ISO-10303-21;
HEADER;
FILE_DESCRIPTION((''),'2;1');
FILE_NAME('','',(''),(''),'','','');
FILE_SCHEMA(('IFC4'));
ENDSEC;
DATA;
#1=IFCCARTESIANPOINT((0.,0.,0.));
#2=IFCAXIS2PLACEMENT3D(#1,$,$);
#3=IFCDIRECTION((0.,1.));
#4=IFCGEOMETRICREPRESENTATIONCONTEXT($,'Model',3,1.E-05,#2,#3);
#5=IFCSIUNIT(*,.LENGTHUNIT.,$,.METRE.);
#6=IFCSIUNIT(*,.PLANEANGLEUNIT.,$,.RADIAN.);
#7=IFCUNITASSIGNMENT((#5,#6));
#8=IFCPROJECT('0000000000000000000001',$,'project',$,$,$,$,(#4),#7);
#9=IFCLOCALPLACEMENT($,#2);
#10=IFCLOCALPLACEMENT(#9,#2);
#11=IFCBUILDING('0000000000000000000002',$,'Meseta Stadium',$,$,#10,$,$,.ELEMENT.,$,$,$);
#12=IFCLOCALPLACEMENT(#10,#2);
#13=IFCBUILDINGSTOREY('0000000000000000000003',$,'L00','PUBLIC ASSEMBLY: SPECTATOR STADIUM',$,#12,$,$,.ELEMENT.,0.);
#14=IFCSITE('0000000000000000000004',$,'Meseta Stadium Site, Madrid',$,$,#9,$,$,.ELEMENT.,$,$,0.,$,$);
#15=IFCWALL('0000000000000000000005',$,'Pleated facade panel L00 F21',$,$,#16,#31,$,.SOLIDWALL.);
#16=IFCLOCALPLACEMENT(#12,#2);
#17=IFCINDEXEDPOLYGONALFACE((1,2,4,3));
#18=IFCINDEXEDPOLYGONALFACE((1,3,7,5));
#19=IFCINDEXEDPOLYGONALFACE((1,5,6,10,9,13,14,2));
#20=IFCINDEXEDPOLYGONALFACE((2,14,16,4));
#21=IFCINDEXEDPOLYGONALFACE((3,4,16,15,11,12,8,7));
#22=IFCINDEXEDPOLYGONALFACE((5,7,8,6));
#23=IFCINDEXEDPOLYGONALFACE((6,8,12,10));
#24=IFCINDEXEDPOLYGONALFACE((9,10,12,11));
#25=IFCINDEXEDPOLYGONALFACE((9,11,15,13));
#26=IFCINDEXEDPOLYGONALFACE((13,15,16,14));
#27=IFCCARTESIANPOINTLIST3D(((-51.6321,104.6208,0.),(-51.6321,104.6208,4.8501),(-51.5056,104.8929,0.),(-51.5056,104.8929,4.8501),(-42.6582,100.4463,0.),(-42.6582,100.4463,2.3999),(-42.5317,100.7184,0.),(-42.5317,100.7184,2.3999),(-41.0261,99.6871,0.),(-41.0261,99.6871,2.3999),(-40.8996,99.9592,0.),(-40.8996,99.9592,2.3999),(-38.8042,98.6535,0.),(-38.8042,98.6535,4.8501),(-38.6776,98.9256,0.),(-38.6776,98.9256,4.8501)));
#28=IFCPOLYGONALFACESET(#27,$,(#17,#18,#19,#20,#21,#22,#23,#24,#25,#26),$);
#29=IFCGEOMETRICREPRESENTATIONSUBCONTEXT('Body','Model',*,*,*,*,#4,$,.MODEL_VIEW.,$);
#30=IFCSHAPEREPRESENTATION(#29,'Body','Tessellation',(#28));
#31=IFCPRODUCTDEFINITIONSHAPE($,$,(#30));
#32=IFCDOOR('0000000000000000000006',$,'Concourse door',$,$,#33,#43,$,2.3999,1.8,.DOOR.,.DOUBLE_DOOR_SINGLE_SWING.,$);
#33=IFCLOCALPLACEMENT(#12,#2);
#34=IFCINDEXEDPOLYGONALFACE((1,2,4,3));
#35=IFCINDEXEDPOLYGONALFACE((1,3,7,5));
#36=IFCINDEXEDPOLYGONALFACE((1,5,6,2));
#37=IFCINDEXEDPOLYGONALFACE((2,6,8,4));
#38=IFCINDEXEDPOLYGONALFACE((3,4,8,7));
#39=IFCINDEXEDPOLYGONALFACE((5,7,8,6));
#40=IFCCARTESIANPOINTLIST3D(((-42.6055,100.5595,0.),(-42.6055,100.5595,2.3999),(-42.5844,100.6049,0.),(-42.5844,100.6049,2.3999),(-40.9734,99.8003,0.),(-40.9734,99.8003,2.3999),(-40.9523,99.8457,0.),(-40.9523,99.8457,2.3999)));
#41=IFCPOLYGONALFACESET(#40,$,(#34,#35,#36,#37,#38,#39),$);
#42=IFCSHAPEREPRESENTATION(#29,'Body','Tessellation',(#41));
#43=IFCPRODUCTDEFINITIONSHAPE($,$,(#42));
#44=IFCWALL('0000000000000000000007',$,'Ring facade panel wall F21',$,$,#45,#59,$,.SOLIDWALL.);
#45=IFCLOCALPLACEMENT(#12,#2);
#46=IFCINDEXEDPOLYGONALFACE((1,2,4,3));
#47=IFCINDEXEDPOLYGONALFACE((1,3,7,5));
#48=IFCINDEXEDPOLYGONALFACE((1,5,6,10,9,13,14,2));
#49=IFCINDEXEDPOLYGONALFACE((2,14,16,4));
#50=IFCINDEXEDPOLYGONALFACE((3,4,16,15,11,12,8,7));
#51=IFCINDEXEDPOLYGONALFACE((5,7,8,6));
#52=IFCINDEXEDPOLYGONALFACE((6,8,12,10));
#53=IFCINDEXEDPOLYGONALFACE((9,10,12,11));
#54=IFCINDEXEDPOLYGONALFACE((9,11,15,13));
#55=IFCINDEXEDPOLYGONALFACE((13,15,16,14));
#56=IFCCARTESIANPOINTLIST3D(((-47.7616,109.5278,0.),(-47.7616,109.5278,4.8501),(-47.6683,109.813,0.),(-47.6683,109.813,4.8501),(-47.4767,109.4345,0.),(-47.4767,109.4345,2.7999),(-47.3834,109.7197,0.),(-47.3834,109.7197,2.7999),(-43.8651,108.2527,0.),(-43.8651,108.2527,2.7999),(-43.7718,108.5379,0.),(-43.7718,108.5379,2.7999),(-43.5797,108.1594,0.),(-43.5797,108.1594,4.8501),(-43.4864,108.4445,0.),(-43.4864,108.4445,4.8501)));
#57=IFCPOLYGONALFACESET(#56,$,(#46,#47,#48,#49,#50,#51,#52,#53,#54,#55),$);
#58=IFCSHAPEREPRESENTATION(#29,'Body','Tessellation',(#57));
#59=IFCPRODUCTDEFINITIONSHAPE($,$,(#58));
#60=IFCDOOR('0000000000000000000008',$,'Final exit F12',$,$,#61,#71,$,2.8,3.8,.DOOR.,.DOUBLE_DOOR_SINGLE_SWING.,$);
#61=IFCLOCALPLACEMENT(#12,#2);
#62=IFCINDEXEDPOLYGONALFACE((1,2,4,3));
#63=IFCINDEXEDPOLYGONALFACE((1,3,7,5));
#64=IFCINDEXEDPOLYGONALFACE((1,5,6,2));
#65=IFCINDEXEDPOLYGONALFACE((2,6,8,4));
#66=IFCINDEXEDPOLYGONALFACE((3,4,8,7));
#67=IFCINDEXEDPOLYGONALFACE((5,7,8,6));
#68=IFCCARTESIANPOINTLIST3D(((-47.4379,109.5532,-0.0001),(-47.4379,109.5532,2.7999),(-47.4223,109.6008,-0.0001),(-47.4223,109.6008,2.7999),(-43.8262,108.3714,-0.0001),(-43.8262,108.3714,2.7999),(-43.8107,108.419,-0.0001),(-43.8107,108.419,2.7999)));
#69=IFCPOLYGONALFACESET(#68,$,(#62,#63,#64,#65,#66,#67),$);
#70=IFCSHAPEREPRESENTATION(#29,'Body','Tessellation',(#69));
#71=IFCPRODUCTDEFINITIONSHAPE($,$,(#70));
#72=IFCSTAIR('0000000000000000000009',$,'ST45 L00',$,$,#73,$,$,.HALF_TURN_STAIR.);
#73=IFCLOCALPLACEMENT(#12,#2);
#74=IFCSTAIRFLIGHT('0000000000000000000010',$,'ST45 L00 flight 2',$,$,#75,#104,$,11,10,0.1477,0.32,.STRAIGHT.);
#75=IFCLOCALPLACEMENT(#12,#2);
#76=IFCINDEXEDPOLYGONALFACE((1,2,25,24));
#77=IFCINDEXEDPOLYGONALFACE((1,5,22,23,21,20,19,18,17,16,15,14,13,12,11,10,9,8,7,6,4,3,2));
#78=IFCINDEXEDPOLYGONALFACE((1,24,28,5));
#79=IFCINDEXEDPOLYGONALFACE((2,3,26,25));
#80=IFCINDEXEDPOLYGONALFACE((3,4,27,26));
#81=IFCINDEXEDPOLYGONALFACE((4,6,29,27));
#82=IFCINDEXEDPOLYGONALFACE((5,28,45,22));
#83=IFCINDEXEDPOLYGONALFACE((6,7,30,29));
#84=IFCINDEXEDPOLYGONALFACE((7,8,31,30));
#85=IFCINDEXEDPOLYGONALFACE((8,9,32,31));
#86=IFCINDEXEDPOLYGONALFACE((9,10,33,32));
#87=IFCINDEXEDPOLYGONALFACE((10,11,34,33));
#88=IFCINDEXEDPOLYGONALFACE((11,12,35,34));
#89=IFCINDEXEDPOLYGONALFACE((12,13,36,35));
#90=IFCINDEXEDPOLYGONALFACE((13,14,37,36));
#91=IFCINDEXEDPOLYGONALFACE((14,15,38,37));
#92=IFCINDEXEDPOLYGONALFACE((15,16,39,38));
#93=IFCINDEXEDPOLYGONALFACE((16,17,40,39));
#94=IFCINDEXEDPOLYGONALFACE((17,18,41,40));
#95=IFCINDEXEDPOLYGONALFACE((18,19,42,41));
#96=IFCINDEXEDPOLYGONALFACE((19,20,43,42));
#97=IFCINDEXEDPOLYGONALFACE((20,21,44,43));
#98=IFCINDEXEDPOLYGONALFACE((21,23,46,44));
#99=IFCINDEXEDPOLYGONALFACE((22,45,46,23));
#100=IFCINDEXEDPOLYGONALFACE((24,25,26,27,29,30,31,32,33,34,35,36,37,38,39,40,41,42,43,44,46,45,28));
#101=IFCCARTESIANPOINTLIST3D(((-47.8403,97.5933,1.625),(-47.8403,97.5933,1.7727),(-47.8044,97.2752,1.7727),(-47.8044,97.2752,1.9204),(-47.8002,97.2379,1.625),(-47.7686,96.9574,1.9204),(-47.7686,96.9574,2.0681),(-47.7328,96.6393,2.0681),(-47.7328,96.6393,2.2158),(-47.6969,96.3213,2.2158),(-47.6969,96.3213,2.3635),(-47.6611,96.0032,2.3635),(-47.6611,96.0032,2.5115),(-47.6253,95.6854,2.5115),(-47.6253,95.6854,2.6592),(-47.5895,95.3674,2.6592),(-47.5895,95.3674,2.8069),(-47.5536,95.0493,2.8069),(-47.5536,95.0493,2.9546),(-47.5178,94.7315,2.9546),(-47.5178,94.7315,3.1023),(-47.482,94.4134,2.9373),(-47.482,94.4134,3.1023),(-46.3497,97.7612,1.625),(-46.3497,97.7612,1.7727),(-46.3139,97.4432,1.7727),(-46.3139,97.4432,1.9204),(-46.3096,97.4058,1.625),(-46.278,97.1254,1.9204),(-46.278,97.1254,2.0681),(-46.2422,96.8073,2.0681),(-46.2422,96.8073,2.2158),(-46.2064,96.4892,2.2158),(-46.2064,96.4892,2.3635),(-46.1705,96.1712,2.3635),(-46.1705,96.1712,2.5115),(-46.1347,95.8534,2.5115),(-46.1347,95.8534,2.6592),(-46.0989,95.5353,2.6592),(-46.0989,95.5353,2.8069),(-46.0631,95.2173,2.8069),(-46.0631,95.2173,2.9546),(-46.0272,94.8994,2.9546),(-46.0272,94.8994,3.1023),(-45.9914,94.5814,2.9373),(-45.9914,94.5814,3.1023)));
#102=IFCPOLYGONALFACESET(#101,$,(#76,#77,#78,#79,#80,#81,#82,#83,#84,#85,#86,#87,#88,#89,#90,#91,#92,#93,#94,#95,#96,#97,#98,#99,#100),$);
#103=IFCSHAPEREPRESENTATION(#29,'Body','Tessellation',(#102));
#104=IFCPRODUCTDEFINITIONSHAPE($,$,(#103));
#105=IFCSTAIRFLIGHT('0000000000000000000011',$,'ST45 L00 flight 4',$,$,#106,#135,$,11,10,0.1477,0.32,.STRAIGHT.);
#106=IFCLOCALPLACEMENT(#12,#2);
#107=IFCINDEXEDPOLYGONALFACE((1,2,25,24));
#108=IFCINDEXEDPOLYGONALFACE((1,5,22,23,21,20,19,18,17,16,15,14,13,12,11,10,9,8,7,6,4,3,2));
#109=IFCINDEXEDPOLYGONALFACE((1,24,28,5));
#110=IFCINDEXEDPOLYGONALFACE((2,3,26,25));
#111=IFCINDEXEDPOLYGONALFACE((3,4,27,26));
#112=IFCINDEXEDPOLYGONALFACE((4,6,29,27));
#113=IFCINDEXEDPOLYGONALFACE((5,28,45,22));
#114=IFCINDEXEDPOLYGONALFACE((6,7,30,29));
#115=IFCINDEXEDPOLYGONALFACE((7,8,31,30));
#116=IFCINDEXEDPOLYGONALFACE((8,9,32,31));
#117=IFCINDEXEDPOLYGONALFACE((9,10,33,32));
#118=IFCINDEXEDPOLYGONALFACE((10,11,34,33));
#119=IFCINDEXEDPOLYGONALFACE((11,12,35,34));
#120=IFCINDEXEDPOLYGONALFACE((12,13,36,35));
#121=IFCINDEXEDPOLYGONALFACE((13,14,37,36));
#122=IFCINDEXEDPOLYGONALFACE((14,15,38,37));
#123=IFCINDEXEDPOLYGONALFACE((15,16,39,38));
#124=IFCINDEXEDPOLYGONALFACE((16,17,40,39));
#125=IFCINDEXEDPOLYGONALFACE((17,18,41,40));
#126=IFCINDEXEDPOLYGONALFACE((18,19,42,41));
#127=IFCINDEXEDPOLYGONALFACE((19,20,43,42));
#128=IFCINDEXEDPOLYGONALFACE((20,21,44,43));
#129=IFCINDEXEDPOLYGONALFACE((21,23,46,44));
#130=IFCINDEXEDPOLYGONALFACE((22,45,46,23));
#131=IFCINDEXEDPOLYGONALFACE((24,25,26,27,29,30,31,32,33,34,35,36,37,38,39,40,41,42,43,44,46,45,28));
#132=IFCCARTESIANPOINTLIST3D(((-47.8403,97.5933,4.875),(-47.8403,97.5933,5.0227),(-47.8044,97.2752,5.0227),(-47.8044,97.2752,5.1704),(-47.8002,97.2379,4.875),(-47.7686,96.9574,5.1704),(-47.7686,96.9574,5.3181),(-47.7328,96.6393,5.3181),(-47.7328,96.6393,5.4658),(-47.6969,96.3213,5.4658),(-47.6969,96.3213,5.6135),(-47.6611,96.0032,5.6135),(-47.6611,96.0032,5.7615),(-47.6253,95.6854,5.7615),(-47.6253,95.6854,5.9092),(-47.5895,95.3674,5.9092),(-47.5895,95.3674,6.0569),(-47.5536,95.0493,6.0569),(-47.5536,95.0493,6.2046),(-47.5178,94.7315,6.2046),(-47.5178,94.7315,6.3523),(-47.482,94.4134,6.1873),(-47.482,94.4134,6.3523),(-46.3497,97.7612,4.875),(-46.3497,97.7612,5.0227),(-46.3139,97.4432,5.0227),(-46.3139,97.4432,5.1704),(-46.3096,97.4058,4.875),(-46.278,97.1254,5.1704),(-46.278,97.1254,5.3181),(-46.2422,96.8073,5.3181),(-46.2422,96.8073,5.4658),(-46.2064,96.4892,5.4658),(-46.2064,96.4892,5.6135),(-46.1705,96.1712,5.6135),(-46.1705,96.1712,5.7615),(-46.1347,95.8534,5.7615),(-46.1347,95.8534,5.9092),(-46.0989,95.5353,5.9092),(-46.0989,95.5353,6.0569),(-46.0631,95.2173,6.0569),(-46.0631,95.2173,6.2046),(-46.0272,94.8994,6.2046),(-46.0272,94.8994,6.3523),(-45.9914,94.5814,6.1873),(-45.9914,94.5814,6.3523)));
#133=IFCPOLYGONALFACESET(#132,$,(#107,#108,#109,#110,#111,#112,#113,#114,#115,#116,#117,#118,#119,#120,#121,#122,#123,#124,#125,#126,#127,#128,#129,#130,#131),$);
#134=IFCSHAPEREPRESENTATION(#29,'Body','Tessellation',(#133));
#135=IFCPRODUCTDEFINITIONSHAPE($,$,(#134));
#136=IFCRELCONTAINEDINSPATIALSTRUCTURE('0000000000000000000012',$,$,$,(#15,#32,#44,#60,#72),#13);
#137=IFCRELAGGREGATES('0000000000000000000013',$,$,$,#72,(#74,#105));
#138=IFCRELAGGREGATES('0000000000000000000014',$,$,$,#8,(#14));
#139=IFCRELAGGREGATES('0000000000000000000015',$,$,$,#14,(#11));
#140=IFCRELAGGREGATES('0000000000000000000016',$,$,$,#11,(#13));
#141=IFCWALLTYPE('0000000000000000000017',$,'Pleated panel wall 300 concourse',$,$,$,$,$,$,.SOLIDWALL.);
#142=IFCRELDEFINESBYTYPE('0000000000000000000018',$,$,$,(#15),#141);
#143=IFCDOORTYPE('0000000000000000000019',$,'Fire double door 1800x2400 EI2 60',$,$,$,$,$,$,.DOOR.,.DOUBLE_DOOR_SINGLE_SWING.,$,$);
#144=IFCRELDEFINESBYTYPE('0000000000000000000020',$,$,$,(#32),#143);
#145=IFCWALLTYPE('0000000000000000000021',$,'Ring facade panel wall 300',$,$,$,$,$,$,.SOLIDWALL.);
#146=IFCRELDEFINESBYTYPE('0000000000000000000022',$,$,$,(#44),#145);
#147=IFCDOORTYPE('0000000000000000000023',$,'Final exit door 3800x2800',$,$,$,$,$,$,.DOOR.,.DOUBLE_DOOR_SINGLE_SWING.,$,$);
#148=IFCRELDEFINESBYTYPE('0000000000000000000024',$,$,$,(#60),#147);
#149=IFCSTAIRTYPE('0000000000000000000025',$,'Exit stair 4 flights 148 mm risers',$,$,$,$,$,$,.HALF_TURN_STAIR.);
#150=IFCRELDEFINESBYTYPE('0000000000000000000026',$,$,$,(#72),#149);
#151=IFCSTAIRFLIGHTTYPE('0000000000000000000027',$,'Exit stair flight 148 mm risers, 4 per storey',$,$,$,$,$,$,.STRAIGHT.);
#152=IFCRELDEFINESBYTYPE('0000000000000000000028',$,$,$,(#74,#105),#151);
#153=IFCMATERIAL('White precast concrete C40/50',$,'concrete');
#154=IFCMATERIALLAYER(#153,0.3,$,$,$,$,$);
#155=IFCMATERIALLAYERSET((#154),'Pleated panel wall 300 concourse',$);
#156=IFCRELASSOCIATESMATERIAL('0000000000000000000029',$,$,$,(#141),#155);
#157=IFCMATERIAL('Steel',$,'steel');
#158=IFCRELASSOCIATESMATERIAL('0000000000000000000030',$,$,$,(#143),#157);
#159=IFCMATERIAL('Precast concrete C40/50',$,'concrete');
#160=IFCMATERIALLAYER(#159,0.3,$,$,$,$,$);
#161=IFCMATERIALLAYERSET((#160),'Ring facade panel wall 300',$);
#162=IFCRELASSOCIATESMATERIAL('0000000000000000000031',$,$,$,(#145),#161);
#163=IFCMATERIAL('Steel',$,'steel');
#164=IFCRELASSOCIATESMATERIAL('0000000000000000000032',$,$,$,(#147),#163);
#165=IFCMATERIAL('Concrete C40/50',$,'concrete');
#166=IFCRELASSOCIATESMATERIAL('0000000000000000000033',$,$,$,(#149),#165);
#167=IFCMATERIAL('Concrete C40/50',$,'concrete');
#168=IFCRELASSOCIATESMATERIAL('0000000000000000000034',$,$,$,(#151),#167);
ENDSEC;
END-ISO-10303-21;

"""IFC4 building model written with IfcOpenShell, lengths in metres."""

from ifc_helpers import new_model, si_unit, direction, frame, frame_2d, origin, place, context, subcontext, project, spatial, polyline, rectangle, outline, extrude, material, layer, layer_set, type_object, element, fill, aggregate, save


model = new_model("IFC4")

# Units and contexts
model_context = context("Model", 3, precision=1e-05, world=origin(), true_north=direction((0.0, 1.0)))
body_context = subcontext(model_context, "Body", "Model", "MODEL_VIEW")
ifc_project = project(units=[si_unit("LENGTHUNIT", "METRE"), si_unit("PLANEANGLEUNIT", "RADIAN")], contexts=[model_context])

# Site, building, storey
site_placement = place(None, origin())
site = spatial("IfcSite", under=ifc_project, at=site_placement, Name="Meseta Stadium Site, Madrid", CompositionType="ELEMENT", RefElevation=0.0)
building_placement = place(site_placement, origin())
building = spatial("IfcBuilding", under=site, at=building_placement, Name="Meseta Stadium", CompositionType="ELEMENT")
storey_placement = place(building_placement, origin())
storey = spatial("IfcBuildingStorey", under=building, at=storey_placement, Name="L00", Description="PUBLIC ASSEMBLY: SPECTATOR STADIUM", CompositionType="ELEMENT", Elevation=0.0)

# Walls, openings, doors
ifc_material_1 = material(Name="White precast concrete C40/50", Category="concrete")
ifc_layer_1 = layer(ifc_material_1, 0.3)
ifc_layer_set_1 = layer_set([ifc_layer_1], Name="Pleated panel wall 300 concourse")
wall_type_1 = type_object("IfcWallType", Name="Pleated panel wall 300 concourse", PredefinedType="SOLIDWALL", material=ifc_layer_set_1)
wall_1_placement = place(storey_placement, frame((-51.5688, 104.7568, 0.0), z_axis=(0.0, 0.0, 1.0), x_axis=(0.906699, -0.421779, 0.0)))
wall_1 = element("IfcWall", 1, at=wall_1_placement, inside=storey, type_object=wall_type_1, Name="Pleated facade panel L00 F21", PredefinedType="SOLIDWALL", context=body_context, shape_type="SweptSolid", body=[
    extrude(rectangle(XDim=14.1479, YDim=0.3, at=frame_2d((7.074, 0.0))), origin(), (0.0, 0.0, 1.0), 4.8501),
])
opening_1_placement = place(wall_1_placement, frame((9.8975, 0.0, 0.0)))
opening_1 = element("IfcOpeningElement", 2, at=opening_1_placement, cuts=wall_1, PredefinedType="OPENING", context=body_context, shape_type="SweptSolid", body=[
    extrude(rectangle(XDim=1.8, YDim=2.3999, at=frame_2d((0.8999, 1.2))), frame((0.0, 0.1599, 0.0), z_axis=(0.0, -1.0, 0.0), x_axis=(1.0, 0.0, 0.0)), (0.0, 0.0, 1.0), 0.3201),
])
ifc_material_2 = material(Name="Steel", Category="steel")
door_type_1 = type_object("IfcDoorType", Name="Fire double door 1800x2400 EI2 60", OperationType="DOUBLE_DOOR_SINGLE_SWING", PredefinedType="DOOR", material=ifc_material_2)
door_1_placement = place(opening_1_placement, origin())
door_1 = element("IfcDoor", 3, at=door_1_placement, inside=storey, type_object=door_type_1, Name="Concourse door", OperationType="DOUBLE_DOOR_SINGLE_SWING", OverallHeight=2.3999, OverallWidth=1.8, PredefinedType="DOOR", context=body_context, shape_type="SweptSolid", body=[
    extrude(rectangle(XDim=1.8, YDim=2.3999, at=frame_2d((0.8999, 1.2))), frame((0.0, 0.0249, 0.0), z_axis=(0.0, -1.0, 0.0), x_axis=(1.0, 0.0, 0.0)), (0.0, 0.0, 1.0), 0.05),
])
fill(opening_1, door_1)
ifc_material_3 = material(Name="Precast concrete C40/50", Category="concrete")
ifc_layer_2 = layer(ifc_material_3, 0.3)
ifc_layer_set_2 = layer_set([ifc_layer_2], Name="Ring facade panel wall 300")
wall_type_2 = type_object("IfcWallType", Name="Ring facade panel wall 300", PredefinedType="SOLIDWALL", material=ifc_layer_set_2)
wall_2_placement = place(storey_placement, frame((-47.7151, 109.6704, 0.0), z_axis=(0.0, 0.0, 1.0), x_axis=(0.950411, -0.310996, 0.0)))
wall_2 = element("IfcWall", 4, at=wall_2_placement, inside=storey, type_object=wall_type_2, Name="Ring facade panel wall F21", PredefinedType="SOLIDWALL", context=body_context, shape_type="SweptSolid", body=[
    extrude(rectangle(XDim=4.4001, YDim=0.3, at=frame_2d((2.2002, 0.0))), origin(), (0.0, 0.0, 1.0), 4.8501),
])
opening_2_placement = place(wall_2_placement, frame((0.3, 0.0, 0.0)))
opening_2 = element("IfcOpeningElement", 5, at=opening_2_placement, cuts=wall_2, PredefinedType="OPENING", context=body_context, shape_type="SweptSolid", body=[
    extrude(rectangle(XDim=3.8, YDim=2.8, at=frame_2d((1.8999, 1.3999))), frame((0.0, 0.1599, 0.0), z_axis=(0.0, -1.0, 0.0), x_axis=(1.0, 0.0, 0.0)), (0.0, 0.0, 1.0), 0.3201),
])
ifc_material_4 = material(Name="Steel", Category="steel")
door_type_2 = type_object("IfcDoorType", Name="Final exit door 3800x2800", OperationType="DOUBLE_DOOR_SINGLE_SWING", PredefinedType="DOOR", material=ifc_material_4)
door_2_placement = place(opening_2_placement, origin())
door_2 = element("IfcDoor", 6, at=door_2_placement, inside=storey, type_object=door_type_2, Name="Final exit F12", OperationType="DOUBLE_DOOR_SINGLE_SWING", OverallHeight=2.8, OverallWidth=3.8, PredefinedType="DOOR", context=body_context, shape_type="SweptSolid", body=[
    extrude(rectangle(XDim=3.8, YDim=2.8, at=frame_2d((1.8999, 1.3999))), frame((0.0, 0.0249, 0.0), z_axis=(0.0, -1.0, 0.0), x_axis=(1.0, 0.0, 0.0)), (0.0, 0.0, 1.0), 0.05),
])
fill(opening_2, door_2)

# Stair, stair flights
ifc_material_5 = material(Name="Concrete C40/50", Category="concrete")
stair_type = type_object("IfcStairType", Name="Exit stair 4 flights 148 mm risers", PredefinedType="HALF_TURN_STAIR", material=ifc_material_5)
stair_placement = place(storey_placement, origin())
stair = element("IfcStair", 7, at=stair_placement, inside=storey, type_object=stair_type, Name="ST45 L00", PredefinedType="HALF_TURN_STAIR")
ifc_material_6 = material(Name="Concrete C40/50", Category="concrete")
stair_flight_type = type_object("IfcStairFlightType", Name="Exit stair flight 148 mm risers, 4 per storey", PredefinedType="STRAIGHT", material=ifc_material_6)
stair_flight_1_placement = place(storey_placement, frame((-47.095, 97.6772, 1.625), z_axis=(0.0, 0.0, 1.0), x_axis=(0.111964, -0.993712, 0.0)))
stair_flight_1 = element("IfcStairFlight", 8, at=stair_flight_1_placement, type_object=stair_flight_type, Name="ST45 L00 flight 2", NumberOfRisers=11, NumberOfTreads=10, PredefinedType="STRAIGHT", RiserHeight=0.1477, TreadLength=0.32, context=body_context, shape_type="SweptSolid", body=[
    extrude(outline(polyline([(0.0, 0.0), (0.0, 0.1477), (0.3201, 0.1477), (0.3201, 0.2954), (0.6399, 0.2954), (0.6399, 0.4431), (0.96, 0.4431), (0.96, 0.5908), (1.28, 0.5908), (1.28, 0.7385), (1.6001, 0.7385), (1.6001, 0.8865), (1.9199, 0.8865), (1.9199, 1.0342), (2.24, 1.0342), (2.24, 1.1819), (2.5601, 1.1819), (2.5601, 1.3296), (2.8799, 1.3296), (2.8799, 1.4773), (3.2, 1.4773), (3.2, 1.3123), (0.3577, 0.0), (0.0, 0.0)])), frame((0.0, 0.75, 0.0), z_axis=(0.0, -1.0, 0.0), x_axis=(1.0, 0.0, 0.0)), (0.0, 0.0, 1.0), 1.5),
])
stair_flight_2_placement = place(storey_placement, frame((-47.095, 97.6772, 4.875), z_axis=(0.0, 0.0, 1.0), x_axis=(0.111964, -0.993712, 0.0)))
stair_flight_2 = element("IfcStairFlight", 9, at=stair_flight_2_placement, type_object=stair_flight_type, Name="ST45 L00 flight 4", NumberOfRisers=11, NumberOfTreads=10, PredefinedType="STRAIGHT", RiserHeight=0.1477, TreadLength=0.32, context=body_context, shape_type="SweptSolid", body=[
    extrude(outline(polyline([(0.0, 0.0), (0.0, 0.1477), (0.3201, 0.1477), (0.3201, 0.2954), (0.6399, 0.2954), (0.6399, 0.4431), (0.96, 0.4431), (0.96, 0.5908), (1.28, 0.5908), (1.28, 0.7385), (1.6001, 0.7385), (1.6001, 0.8865), (1.9199, 0.8865), (1.9199, 1.0342), (2.24, 1.0342), (2.24, 1.1819), (2.5601, 1.1819), (2.5601, 1.3296), (2.8799, 1.3296), (2.8799, 1.4773), (3.2, 1.4773), (3.2, 1.3123), (0.3577, 0.0), (0.0, 0.0)])), frame((0.0, 0.75, 0.0), z_axis=(0.0, -1.0, 0.0), x_axis=(1.0, 0.0, 0.0)), (0.0, 0.0, 1.0), 1.5),
])
aggregate(stair, [stair_flight_1, stair_flight_2])

save(model, "model.ifc")
